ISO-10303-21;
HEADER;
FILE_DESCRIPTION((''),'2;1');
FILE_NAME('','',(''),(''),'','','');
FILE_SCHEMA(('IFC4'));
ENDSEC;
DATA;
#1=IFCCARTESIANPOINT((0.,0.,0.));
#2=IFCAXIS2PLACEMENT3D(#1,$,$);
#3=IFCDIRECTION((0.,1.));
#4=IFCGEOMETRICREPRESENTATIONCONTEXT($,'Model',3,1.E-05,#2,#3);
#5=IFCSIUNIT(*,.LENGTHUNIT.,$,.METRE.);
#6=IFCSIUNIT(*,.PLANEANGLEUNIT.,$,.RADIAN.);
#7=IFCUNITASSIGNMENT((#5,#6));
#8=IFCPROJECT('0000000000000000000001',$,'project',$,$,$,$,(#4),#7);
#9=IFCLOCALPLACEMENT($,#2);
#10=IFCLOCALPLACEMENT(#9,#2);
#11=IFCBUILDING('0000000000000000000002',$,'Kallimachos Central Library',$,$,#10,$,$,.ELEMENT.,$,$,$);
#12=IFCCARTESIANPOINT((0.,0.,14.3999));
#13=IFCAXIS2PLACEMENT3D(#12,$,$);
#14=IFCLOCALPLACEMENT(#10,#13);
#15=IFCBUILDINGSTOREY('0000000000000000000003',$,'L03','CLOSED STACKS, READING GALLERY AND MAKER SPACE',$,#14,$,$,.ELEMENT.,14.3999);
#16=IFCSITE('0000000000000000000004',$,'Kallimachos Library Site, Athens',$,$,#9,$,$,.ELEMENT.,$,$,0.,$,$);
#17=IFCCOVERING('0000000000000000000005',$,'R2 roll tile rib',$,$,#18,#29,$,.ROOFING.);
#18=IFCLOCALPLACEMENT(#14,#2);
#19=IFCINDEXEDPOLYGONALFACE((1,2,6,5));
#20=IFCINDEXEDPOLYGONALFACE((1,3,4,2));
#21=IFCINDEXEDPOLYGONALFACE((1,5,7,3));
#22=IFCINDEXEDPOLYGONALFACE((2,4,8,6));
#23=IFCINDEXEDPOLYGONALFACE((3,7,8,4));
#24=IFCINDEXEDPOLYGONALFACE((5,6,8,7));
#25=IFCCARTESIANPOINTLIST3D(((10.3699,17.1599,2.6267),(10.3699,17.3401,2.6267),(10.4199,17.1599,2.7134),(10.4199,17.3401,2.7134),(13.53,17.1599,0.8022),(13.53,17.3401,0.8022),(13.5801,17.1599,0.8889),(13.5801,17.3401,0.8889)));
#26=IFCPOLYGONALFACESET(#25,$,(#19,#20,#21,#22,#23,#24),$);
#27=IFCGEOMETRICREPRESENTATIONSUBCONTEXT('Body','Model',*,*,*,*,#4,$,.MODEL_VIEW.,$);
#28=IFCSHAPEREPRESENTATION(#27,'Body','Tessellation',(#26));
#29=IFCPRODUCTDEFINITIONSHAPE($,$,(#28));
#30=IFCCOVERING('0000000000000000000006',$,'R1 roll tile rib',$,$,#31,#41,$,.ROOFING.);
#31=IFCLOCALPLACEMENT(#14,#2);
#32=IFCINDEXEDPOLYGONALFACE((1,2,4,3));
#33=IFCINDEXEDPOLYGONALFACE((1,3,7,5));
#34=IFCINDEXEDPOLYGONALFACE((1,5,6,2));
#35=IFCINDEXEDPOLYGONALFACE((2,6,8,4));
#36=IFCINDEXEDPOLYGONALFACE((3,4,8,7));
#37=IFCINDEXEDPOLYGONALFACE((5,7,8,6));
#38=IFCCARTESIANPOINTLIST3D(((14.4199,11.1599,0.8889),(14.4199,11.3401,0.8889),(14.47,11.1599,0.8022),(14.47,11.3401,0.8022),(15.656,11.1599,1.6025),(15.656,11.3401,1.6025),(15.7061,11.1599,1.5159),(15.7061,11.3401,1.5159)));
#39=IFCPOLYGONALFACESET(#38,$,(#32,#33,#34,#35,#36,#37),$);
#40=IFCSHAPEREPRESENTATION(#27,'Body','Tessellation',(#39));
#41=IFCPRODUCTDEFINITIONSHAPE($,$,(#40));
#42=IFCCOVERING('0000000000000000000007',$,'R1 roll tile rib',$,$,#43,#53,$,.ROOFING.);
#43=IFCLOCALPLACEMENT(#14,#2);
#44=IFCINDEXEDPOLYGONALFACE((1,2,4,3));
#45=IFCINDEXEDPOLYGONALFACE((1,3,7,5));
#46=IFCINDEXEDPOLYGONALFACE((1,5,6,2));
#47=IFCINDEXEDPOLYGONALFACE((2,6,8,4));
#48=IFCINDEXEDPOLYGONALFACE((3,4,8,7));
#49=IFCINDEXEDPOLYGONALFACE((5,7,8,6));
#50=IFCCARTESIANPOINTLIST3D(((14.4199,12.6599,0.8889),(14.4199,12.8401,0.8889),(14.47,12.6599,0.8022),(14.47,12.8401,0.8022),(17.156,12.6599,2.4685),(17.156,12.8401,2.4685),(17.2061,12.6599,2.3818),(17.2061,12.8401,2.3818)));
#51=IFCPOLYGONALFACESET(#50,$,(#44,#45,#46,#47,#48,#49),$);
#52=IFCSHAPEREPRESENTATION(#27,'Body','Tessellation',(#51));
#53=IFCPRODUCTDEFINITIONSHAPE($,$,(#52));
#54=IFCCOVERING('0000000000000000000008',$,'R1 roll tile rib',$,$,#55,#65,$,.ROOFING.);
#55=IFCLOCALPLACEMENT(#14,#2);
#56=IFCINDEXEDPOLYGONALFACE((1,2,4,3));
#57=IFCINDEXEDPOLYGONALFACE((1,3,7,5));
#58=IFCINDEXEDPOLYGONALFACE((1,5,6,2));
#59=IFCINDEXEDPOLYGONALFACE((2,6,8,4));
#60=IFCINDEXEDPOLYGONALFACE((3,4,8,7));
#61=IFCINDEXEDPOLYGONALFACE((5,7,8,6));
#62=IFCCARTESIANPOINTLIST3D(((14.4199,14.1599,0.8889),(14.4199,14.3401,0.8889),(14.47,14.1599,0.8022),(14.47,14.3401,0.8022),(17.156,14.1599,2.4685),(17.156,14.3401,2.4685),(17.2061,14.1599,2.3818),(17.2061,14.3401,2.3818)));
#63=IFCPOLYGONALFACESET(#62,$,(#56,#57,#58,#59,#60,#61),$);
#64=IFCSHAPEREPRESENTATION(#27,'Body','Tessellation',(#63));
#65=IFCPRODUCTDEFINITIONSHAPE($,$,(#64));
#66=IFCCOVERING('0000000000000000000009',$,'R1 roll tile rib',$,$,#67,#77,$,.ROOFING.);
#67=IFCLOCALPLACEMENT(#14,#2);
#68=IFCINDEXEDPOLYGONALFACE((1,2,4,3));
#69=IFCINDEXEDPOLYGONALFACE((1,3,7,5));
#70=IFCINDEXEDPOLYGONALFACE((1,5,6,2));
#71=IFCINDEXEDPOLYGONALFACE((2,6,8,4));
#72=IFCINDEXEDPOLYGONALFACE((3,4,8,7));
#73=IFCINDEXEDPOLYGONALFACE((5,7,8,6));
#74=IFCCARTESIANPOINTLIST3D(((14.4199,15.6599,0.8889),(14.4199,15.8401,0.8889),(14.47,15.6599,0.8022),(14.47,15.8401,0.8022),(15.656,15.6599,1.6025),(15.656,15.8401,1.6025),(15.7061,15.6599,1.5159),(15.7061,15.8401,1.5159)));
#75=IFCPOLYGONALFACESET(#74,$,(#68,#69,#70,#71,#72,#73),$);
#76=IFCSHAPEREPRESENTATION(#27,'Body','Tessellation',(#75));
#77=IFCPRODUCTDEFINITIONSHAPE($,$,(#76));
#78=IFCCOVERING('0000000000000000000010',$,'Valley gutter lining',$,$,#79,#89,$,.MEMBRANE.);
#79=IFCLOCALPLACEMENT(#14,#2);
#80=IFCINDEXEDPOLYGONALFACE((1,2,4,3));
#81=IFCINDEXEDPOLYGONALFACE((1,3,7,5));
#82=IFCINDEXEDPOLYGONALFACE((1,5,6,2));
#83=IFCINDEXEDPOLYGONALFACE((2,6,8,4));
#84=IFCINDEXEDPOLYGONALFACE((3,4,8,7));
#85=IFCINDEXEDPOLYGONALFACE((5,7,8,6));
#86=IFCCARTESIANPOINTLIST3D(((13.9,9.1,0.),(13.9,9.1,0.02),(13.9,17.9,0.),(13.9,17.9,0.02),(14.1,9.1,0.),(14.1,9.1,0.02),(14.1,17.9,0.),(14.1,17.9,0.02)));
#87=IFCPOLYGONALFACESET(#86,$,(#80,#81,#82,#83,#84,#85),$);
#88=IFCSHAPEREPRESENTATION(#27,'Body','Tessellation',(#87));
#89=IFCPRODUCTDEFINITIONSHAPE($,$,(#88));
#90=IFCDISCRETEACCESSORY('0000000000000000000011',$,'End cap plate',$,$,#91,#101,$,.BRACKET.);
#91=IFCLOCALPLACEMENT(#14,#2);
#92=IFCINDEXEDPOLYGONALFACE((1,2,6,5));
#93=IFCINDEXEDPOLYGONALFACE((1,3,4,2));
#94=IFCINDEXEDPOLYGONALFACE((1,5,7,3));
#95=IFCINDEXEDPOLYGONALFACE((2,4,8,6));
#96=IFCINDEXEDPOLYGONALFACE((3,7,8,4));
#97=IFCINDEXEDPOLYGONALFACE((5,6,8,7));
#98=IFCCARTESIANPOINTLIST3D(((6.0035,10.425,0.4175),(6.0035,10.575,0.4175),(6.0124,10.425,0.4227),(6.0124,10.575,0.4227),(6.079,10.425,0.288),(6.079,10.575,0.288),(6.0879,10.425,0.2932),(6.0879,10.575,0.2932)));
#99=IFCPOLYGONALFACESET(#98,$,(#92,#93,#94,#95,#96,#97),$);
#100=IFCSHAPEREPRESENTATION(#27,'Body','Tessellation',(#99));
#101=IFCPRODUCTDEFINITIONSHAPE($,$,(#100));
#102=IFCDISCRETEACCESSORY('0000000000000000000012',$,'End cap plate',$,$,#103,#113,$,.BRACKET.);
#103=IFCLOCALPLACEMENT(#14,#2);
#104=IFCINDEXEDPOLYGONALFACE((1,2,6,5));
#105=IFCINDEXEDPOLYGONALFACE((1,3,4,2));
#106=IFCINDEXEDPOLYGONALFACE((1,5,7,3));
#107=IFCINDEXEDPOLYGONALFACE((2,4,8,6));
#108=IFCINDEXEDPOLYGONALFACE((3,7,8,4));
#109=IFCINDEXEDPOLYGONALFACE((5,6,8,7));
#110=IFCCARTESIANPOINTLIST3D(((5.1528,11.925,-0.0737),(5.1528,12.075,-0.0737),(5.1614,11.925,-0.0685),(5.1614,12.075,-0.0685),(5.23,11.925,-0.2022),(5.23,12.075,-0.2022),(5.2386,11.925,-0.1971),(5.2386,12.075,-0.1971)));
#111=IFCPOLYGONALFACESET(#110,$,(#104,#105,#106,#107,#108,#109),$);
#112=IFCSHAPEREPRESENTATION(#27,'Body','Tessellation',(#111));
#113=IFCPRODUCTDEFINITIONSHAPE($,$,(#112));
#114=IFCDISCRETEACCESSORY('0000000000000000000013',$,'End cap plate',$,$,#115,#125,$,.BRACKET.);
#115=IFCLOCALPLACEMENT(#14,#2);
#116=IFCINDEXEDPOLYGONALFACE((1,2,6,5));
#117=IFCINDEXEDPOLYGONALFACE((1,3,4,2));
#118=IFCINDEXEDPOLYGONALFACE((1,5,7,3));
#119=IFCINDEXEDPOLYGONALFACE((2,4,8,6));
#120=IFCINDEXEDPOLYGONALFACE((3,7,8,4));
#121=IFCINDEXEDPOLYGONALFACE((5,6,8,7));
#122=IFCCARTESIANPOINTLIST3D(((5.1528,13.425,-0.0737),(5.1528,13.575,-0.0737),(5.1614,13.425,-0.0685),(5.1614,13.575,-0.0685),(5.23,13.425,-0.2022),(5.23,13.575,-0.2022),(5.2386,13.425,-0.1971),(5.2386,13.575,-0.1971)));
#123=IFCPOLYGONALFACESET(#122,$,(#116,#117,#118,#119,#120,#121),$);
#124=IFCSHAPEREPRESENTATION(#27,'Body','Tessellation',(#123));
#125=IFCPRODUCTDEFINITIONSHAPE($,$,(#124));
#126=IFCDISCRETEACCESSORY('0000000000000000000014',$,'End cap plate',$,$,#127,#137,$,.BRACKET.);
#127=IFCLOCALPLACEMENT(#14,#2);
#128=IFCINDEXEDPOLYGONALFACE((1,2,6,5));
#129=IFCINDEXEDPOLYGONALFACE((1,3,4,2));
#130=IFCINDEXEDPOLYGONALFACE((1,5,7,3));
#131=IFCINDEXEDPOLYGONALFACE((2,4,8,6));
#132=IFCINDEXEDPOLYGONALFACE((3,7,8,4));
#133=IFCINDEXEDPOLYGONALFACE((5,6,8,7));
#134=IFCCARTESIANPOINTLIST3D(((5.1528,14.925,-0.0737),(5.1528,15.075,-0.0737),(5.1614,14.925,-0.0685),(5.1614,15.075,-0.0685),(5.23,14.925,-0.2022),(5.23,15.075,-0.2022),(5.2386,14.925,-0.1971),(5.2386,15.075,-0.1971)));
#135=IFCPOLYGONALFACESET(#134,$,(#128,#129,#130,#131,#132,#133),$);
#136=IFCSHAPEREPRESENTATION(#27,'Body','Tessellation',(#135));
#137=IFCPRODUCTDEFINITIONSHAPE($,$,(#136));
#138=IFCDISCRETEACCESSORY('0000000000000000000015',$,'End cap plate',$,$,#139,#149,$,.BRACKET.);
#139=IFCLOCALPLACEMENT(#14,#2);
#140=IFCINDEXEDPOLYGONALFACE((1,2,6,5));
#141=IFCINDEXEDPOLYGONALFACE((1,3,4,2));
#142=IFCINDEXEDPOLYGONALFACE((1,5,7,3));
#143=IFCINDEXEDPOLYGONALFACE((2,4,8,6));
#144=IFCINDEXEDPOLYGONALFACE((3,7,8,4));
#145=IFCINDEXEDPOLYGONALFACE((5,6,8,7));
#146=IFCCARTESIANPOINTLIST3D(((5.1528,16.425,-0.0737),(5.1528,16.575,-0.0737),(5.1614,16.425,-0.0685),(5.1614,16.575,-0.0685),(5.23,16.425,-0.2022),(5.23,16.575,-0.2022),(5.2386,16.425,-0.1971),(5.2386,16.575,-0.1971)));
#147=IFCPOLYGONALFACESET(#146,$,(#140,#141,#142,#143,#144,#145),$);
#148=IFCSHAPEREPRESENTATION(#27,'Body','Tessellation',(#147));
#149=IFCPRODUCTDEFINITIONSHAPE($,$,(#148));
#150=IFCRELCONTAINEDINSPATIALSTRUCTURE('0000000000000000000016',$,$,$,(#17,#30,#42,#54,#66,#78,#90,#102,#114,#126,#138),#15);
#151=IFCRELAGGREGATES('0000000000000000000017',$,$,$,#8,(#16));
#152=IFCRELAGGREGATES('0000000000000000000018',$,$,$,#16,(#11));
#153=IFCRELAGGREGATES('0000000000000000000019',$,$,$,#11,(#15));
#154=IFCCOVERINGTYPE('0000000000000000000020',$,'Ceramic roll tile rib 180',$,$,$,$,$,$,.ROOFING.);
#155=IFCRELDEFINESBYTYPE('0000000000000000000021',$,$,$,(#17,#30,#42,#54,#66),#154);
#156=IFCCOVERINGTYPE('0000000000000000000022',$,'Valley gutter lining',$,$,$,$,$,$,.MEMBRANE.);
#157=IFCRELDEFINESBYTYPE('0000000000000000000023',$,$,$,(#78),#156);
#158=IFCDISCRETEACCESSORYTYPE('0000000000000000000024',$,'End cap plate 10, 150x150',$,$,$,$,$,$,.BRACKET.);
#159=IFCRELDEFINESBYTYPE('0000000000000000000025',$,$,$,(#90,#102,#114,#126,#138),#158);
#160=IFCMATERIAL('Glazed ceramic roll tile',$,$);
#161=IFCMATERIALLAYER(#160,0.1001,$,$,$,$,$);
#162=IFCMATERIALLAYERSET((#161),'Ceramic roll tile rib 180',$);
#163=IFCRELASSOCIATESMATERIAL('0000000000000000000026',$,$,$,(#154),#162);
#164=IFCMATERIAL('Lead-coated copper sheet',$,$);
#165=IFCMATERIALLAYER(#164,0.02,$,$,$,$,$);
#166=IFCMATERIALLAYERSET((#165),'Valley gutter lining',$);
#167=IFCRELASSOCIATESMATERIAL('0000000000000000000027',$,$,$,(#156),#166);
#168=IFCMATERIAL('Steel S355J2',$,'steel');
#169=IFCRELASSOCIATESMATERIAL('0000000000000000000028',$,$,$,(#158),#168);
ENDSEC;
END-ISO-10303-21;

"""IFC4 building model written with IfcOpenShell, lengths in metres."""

from ifc_helpers import new_model, si_unit, direction, frame, origin, origin_2d, place, context, subcontext, project, spatial, polyline, rectangle, outline, extrude, material, layer, layer_set, material_profile, profile_set, type_object, element, save


model = new_model("IFC4")

# Units and contexts
model_context = context("Model", 3, precision=1e-05, world=origin(), true_north=direction((0.0, 1.0)))
body_context = subcontext(model_context, "Body", "Model", "MODEL_VIEW")
ifc_project = project(units=[si_unit("LENGTHUNIT", "METRE"), si_unit("PLANEANGLEUNIT", "RADIAN")], contexts=[model_context])

# Site, building, storey
site_placement = place(None, origin())
site = spatial("IfcSite", under=ifc_project, at=site_placement, Name="Kallimachos Library Site, Athens", CompositionType="ELEMENT", RefElevation=0.0)
building_placement = place(site_placement, origin())
building = spatial("IfcBuilding", under=site, at=building_placement, Name="Kallimachos Central Library", CompositionType="ELEMENT")
storey_placement = place(building_placement, frame((0.0, 0.0, 14.3999)))
storey = spatial("IfcBuildingStorey", under=building, at=storey_placement, Name="L03", Description="CLOSED STACKS, READING GALLERY AND MAKER SPACE", CompositionType="ELEMENT", Elevation=14.3999)

# Coverings
ifc_material_1 = material(Name="Glazed ceramic roll tile")
ifc_layer_1 = layer(ifc_material_1, 0.1001)
ifc_layer_set_1 = layer_set([ifc_layer_1], Name="Ceramic roll tile rib 180")
covering_type_1 = type_object("IfcCoveringType", Name="Ceramic roll tile rib 180", PredefinedType="ROOFING", material=ifc_layer_set_1)
for number, where, z_axis, x_axis, name in (
    (1, (10.4199, 17.1599, 2.7134), (0.499989, 0.0, 0.866032), (0.866032, 0.0, -0.499989), "R2 roll tile rib"),
):
    element("IfcCovering", number, at=place(storey_placement, frame(where, z_axis=z_axis, x_axis=x_axis)), inside=storey, type_object=covering_type_1, Name=name, PredefinedType="ROOFING", context=body_context, shape_type="SweptSolid", body=[
        extrude(outline(polyline([(0.0, 0.0), (3.649, 0.0), (3.649, 0.1802), (0.0, 0.1802), (0.0, 0.0)])), origin(), (0.0, 0.0, -1.0), 0.1001),
    ])
covering_1_placement = place(storey_placement, frame((14.4199, 11.1599, 0.8889), z_axis=(-0.499984, 0.0, 0.866035), x_axis=(0.866035, 0.0, 0.499984)))
element("IfcCovering", 2, at=covering_1_placement, inside=storey, type_object=covering_type_1, Name="R1 roll tile rib", PredefinedType="ROOFING", context=body_context, shape_type="SweptSolid", body=[
    extrude(outline(polyline([(0.0, 0.0), (1.4273, 0.0), (1.4273, 0.1802), (0.0, 0.1802), (0.0, 0.0)])), origin(), (0.0, 0.0, -1.0), 0.1001),
])
for number, where, z_axis, x_axis, name in (
    (3, (14.4199, 12.6599, 0.8889), (-0.499979, 0.0, 0.866038), (0.866038, 0.0, 0.499979), "R1 roll tile rib"),
    (4, (14.4199, 14.1599, 0.8889), (-0.499979, 0.0, 0.866038), (0.866038, 0.0, 0.499979), "R1 roll tile rib"),
):
    element("IfcCovering", number, at=place(storey_placement, frame(where, z_axis=z_axis, x_axis=x_axis)), inside=storey, type_object=covering_type_1, Name=name, PredefinedType="ROOFING", context=body_context, shape_type="SweptSolid", body=[
        extrude(outline(polyline([(0.0, 0.0), (3.1593, 0.0), (3.1593, 0.1802), (0.0, 0.1802), (0.0, 0.0)])), origin(), (0.0, 0.0, -1.0), 0.1001),
    ])
covering_2_placement = place(storey_placement, frame((14.4199, 15.6599, 0.8889), z_axis=(-0.499984, 0.0, 0.866035), x_axis=(0.866035, 0.0, 0.499984)))
element("IfcCovering", 5, at=covering_2_placement, inside=storey, type_object=covering_type_1, Name="R1 roll tile rib", PredefinedType="ROOFING", context=body_context, shape_type="SweptSolid", body=[
    extrude(outline(polyline([(0.0, 0.0), (1.4273, 0.0), (1.4273, 0.1802), (0.0, 0.1802), (0.0, 0.0)])), origin(), (0.0, 0.0, -1.0), 0.1001),
])
ifc_material_2 = material(Name="Lead-coated copper sheet")
ifc_layer_2 = layer(ifc_material_2, 0.02)
ifc_layer_set_2 = layer_set([ifc_layer_2], Name="Valley gutter lining")
covering_type_2 = type_object("IfcCoveringType", Name="Valley gutter lining", PredefinedType="MEMBRANE", material=ifc_layer_set_2)
covering_3_placement = place(storey_placement, frame((14.0, 13.5, 0.0), z_axis=(0.0, 0.0, 1.0), x_axis=(1.0, 0.0, 0.0)))
element("IfcCovering", 6, at=covering_3_placement, inside=storey, type_object=covering_type_2, Name="Valley gutter lining", PredefinedType="MEMBRANE", context=body_context, shape_type="SweptSolid", body=[
    extrude(rectangle(XDim=0.2, YDim=8.8, at=origin_2d()), origin(), (0.0, 0.0, 1.0), 0.02),
])

# Discrete accessories
ifc_material_3 = material(Name="Steel S355J2", Category="steel")
ifc_material_profile_1 = material_profile(ifc_material_3, rectangle(XDim=0.1499, YDim=0.1499, at=origin_2d()), Name="End cap plate 10, 150x150")
ifc_profile_set_1 = profile_set([ifc_material_profile_1], Name="Steel S355J2")
discrete_accessory_type = type_object("IfcDiscreteAccessoryType", Name="End cap plate 10, 150x150", PredefinedType="BRACKET", material=ifc_profile_set_1)
discrete_accessory_placement = place(storey_placement, frame((6.0413, 10.5, 0.3528), z_axis=(0.863779, 0.0, 0.503871), x_axis=(0.0, 1.0, 0.0)))
element("IfcDiscreteAccessory", 7, at=discrete_accessory_placement, inside=storey, type_object=discrete_accessory_type, Name="End cap plate", PredefinedType="BRACKET", context=body_context, shape_type="SweptSolid", body=[
    extrude(rectangle(XDim=0.1499, YDim=0.1499, at=origin_2d()), origin(), (0.0, 0.0, 1.0), 0.0103),
])
for number, where, z_axis, x_axis, name in (
    (8, (5.1914, 12.0, -0.1379), (0.857493, 0.0, 0.514496), (0.0, 1.0, 0.0), "End cap plate"),
    (9, (5.1914, 13.5, -0.1379), (0.857493, 0.0, 0.514496), (0.0, 1.0, 0.0), "End cap plate"),
    (10, (5.1914, 15.0, -0.1379), (0.857493, 0.0, 0.514496), (0.0, 1.0, 0.0), "End cap plate"),
    (11, (5.1914, 16.5, -0.1379), (0.857493, 0.0, 0.514496), (0.0, 1.0, 0.0), "End cap plate"),
):
    element("IfcDiscreteAccessory", number, at=place(storey_placement, frame(where, z_axis=z_axis, x_axis=x_axis)), inside=storey, type_object=discrete_accessory_type, Name=name, PredefinedType="BRACKET", context=body_context, shape_type="SweptSolid", body=[
        extrude(rectangle(XDim=0.1499, YDim=0.1499, at=origin_2d()), origin(), (0.0, 0.0, 1.0), 0.01),
    ])

save(model, "model.ifc")
